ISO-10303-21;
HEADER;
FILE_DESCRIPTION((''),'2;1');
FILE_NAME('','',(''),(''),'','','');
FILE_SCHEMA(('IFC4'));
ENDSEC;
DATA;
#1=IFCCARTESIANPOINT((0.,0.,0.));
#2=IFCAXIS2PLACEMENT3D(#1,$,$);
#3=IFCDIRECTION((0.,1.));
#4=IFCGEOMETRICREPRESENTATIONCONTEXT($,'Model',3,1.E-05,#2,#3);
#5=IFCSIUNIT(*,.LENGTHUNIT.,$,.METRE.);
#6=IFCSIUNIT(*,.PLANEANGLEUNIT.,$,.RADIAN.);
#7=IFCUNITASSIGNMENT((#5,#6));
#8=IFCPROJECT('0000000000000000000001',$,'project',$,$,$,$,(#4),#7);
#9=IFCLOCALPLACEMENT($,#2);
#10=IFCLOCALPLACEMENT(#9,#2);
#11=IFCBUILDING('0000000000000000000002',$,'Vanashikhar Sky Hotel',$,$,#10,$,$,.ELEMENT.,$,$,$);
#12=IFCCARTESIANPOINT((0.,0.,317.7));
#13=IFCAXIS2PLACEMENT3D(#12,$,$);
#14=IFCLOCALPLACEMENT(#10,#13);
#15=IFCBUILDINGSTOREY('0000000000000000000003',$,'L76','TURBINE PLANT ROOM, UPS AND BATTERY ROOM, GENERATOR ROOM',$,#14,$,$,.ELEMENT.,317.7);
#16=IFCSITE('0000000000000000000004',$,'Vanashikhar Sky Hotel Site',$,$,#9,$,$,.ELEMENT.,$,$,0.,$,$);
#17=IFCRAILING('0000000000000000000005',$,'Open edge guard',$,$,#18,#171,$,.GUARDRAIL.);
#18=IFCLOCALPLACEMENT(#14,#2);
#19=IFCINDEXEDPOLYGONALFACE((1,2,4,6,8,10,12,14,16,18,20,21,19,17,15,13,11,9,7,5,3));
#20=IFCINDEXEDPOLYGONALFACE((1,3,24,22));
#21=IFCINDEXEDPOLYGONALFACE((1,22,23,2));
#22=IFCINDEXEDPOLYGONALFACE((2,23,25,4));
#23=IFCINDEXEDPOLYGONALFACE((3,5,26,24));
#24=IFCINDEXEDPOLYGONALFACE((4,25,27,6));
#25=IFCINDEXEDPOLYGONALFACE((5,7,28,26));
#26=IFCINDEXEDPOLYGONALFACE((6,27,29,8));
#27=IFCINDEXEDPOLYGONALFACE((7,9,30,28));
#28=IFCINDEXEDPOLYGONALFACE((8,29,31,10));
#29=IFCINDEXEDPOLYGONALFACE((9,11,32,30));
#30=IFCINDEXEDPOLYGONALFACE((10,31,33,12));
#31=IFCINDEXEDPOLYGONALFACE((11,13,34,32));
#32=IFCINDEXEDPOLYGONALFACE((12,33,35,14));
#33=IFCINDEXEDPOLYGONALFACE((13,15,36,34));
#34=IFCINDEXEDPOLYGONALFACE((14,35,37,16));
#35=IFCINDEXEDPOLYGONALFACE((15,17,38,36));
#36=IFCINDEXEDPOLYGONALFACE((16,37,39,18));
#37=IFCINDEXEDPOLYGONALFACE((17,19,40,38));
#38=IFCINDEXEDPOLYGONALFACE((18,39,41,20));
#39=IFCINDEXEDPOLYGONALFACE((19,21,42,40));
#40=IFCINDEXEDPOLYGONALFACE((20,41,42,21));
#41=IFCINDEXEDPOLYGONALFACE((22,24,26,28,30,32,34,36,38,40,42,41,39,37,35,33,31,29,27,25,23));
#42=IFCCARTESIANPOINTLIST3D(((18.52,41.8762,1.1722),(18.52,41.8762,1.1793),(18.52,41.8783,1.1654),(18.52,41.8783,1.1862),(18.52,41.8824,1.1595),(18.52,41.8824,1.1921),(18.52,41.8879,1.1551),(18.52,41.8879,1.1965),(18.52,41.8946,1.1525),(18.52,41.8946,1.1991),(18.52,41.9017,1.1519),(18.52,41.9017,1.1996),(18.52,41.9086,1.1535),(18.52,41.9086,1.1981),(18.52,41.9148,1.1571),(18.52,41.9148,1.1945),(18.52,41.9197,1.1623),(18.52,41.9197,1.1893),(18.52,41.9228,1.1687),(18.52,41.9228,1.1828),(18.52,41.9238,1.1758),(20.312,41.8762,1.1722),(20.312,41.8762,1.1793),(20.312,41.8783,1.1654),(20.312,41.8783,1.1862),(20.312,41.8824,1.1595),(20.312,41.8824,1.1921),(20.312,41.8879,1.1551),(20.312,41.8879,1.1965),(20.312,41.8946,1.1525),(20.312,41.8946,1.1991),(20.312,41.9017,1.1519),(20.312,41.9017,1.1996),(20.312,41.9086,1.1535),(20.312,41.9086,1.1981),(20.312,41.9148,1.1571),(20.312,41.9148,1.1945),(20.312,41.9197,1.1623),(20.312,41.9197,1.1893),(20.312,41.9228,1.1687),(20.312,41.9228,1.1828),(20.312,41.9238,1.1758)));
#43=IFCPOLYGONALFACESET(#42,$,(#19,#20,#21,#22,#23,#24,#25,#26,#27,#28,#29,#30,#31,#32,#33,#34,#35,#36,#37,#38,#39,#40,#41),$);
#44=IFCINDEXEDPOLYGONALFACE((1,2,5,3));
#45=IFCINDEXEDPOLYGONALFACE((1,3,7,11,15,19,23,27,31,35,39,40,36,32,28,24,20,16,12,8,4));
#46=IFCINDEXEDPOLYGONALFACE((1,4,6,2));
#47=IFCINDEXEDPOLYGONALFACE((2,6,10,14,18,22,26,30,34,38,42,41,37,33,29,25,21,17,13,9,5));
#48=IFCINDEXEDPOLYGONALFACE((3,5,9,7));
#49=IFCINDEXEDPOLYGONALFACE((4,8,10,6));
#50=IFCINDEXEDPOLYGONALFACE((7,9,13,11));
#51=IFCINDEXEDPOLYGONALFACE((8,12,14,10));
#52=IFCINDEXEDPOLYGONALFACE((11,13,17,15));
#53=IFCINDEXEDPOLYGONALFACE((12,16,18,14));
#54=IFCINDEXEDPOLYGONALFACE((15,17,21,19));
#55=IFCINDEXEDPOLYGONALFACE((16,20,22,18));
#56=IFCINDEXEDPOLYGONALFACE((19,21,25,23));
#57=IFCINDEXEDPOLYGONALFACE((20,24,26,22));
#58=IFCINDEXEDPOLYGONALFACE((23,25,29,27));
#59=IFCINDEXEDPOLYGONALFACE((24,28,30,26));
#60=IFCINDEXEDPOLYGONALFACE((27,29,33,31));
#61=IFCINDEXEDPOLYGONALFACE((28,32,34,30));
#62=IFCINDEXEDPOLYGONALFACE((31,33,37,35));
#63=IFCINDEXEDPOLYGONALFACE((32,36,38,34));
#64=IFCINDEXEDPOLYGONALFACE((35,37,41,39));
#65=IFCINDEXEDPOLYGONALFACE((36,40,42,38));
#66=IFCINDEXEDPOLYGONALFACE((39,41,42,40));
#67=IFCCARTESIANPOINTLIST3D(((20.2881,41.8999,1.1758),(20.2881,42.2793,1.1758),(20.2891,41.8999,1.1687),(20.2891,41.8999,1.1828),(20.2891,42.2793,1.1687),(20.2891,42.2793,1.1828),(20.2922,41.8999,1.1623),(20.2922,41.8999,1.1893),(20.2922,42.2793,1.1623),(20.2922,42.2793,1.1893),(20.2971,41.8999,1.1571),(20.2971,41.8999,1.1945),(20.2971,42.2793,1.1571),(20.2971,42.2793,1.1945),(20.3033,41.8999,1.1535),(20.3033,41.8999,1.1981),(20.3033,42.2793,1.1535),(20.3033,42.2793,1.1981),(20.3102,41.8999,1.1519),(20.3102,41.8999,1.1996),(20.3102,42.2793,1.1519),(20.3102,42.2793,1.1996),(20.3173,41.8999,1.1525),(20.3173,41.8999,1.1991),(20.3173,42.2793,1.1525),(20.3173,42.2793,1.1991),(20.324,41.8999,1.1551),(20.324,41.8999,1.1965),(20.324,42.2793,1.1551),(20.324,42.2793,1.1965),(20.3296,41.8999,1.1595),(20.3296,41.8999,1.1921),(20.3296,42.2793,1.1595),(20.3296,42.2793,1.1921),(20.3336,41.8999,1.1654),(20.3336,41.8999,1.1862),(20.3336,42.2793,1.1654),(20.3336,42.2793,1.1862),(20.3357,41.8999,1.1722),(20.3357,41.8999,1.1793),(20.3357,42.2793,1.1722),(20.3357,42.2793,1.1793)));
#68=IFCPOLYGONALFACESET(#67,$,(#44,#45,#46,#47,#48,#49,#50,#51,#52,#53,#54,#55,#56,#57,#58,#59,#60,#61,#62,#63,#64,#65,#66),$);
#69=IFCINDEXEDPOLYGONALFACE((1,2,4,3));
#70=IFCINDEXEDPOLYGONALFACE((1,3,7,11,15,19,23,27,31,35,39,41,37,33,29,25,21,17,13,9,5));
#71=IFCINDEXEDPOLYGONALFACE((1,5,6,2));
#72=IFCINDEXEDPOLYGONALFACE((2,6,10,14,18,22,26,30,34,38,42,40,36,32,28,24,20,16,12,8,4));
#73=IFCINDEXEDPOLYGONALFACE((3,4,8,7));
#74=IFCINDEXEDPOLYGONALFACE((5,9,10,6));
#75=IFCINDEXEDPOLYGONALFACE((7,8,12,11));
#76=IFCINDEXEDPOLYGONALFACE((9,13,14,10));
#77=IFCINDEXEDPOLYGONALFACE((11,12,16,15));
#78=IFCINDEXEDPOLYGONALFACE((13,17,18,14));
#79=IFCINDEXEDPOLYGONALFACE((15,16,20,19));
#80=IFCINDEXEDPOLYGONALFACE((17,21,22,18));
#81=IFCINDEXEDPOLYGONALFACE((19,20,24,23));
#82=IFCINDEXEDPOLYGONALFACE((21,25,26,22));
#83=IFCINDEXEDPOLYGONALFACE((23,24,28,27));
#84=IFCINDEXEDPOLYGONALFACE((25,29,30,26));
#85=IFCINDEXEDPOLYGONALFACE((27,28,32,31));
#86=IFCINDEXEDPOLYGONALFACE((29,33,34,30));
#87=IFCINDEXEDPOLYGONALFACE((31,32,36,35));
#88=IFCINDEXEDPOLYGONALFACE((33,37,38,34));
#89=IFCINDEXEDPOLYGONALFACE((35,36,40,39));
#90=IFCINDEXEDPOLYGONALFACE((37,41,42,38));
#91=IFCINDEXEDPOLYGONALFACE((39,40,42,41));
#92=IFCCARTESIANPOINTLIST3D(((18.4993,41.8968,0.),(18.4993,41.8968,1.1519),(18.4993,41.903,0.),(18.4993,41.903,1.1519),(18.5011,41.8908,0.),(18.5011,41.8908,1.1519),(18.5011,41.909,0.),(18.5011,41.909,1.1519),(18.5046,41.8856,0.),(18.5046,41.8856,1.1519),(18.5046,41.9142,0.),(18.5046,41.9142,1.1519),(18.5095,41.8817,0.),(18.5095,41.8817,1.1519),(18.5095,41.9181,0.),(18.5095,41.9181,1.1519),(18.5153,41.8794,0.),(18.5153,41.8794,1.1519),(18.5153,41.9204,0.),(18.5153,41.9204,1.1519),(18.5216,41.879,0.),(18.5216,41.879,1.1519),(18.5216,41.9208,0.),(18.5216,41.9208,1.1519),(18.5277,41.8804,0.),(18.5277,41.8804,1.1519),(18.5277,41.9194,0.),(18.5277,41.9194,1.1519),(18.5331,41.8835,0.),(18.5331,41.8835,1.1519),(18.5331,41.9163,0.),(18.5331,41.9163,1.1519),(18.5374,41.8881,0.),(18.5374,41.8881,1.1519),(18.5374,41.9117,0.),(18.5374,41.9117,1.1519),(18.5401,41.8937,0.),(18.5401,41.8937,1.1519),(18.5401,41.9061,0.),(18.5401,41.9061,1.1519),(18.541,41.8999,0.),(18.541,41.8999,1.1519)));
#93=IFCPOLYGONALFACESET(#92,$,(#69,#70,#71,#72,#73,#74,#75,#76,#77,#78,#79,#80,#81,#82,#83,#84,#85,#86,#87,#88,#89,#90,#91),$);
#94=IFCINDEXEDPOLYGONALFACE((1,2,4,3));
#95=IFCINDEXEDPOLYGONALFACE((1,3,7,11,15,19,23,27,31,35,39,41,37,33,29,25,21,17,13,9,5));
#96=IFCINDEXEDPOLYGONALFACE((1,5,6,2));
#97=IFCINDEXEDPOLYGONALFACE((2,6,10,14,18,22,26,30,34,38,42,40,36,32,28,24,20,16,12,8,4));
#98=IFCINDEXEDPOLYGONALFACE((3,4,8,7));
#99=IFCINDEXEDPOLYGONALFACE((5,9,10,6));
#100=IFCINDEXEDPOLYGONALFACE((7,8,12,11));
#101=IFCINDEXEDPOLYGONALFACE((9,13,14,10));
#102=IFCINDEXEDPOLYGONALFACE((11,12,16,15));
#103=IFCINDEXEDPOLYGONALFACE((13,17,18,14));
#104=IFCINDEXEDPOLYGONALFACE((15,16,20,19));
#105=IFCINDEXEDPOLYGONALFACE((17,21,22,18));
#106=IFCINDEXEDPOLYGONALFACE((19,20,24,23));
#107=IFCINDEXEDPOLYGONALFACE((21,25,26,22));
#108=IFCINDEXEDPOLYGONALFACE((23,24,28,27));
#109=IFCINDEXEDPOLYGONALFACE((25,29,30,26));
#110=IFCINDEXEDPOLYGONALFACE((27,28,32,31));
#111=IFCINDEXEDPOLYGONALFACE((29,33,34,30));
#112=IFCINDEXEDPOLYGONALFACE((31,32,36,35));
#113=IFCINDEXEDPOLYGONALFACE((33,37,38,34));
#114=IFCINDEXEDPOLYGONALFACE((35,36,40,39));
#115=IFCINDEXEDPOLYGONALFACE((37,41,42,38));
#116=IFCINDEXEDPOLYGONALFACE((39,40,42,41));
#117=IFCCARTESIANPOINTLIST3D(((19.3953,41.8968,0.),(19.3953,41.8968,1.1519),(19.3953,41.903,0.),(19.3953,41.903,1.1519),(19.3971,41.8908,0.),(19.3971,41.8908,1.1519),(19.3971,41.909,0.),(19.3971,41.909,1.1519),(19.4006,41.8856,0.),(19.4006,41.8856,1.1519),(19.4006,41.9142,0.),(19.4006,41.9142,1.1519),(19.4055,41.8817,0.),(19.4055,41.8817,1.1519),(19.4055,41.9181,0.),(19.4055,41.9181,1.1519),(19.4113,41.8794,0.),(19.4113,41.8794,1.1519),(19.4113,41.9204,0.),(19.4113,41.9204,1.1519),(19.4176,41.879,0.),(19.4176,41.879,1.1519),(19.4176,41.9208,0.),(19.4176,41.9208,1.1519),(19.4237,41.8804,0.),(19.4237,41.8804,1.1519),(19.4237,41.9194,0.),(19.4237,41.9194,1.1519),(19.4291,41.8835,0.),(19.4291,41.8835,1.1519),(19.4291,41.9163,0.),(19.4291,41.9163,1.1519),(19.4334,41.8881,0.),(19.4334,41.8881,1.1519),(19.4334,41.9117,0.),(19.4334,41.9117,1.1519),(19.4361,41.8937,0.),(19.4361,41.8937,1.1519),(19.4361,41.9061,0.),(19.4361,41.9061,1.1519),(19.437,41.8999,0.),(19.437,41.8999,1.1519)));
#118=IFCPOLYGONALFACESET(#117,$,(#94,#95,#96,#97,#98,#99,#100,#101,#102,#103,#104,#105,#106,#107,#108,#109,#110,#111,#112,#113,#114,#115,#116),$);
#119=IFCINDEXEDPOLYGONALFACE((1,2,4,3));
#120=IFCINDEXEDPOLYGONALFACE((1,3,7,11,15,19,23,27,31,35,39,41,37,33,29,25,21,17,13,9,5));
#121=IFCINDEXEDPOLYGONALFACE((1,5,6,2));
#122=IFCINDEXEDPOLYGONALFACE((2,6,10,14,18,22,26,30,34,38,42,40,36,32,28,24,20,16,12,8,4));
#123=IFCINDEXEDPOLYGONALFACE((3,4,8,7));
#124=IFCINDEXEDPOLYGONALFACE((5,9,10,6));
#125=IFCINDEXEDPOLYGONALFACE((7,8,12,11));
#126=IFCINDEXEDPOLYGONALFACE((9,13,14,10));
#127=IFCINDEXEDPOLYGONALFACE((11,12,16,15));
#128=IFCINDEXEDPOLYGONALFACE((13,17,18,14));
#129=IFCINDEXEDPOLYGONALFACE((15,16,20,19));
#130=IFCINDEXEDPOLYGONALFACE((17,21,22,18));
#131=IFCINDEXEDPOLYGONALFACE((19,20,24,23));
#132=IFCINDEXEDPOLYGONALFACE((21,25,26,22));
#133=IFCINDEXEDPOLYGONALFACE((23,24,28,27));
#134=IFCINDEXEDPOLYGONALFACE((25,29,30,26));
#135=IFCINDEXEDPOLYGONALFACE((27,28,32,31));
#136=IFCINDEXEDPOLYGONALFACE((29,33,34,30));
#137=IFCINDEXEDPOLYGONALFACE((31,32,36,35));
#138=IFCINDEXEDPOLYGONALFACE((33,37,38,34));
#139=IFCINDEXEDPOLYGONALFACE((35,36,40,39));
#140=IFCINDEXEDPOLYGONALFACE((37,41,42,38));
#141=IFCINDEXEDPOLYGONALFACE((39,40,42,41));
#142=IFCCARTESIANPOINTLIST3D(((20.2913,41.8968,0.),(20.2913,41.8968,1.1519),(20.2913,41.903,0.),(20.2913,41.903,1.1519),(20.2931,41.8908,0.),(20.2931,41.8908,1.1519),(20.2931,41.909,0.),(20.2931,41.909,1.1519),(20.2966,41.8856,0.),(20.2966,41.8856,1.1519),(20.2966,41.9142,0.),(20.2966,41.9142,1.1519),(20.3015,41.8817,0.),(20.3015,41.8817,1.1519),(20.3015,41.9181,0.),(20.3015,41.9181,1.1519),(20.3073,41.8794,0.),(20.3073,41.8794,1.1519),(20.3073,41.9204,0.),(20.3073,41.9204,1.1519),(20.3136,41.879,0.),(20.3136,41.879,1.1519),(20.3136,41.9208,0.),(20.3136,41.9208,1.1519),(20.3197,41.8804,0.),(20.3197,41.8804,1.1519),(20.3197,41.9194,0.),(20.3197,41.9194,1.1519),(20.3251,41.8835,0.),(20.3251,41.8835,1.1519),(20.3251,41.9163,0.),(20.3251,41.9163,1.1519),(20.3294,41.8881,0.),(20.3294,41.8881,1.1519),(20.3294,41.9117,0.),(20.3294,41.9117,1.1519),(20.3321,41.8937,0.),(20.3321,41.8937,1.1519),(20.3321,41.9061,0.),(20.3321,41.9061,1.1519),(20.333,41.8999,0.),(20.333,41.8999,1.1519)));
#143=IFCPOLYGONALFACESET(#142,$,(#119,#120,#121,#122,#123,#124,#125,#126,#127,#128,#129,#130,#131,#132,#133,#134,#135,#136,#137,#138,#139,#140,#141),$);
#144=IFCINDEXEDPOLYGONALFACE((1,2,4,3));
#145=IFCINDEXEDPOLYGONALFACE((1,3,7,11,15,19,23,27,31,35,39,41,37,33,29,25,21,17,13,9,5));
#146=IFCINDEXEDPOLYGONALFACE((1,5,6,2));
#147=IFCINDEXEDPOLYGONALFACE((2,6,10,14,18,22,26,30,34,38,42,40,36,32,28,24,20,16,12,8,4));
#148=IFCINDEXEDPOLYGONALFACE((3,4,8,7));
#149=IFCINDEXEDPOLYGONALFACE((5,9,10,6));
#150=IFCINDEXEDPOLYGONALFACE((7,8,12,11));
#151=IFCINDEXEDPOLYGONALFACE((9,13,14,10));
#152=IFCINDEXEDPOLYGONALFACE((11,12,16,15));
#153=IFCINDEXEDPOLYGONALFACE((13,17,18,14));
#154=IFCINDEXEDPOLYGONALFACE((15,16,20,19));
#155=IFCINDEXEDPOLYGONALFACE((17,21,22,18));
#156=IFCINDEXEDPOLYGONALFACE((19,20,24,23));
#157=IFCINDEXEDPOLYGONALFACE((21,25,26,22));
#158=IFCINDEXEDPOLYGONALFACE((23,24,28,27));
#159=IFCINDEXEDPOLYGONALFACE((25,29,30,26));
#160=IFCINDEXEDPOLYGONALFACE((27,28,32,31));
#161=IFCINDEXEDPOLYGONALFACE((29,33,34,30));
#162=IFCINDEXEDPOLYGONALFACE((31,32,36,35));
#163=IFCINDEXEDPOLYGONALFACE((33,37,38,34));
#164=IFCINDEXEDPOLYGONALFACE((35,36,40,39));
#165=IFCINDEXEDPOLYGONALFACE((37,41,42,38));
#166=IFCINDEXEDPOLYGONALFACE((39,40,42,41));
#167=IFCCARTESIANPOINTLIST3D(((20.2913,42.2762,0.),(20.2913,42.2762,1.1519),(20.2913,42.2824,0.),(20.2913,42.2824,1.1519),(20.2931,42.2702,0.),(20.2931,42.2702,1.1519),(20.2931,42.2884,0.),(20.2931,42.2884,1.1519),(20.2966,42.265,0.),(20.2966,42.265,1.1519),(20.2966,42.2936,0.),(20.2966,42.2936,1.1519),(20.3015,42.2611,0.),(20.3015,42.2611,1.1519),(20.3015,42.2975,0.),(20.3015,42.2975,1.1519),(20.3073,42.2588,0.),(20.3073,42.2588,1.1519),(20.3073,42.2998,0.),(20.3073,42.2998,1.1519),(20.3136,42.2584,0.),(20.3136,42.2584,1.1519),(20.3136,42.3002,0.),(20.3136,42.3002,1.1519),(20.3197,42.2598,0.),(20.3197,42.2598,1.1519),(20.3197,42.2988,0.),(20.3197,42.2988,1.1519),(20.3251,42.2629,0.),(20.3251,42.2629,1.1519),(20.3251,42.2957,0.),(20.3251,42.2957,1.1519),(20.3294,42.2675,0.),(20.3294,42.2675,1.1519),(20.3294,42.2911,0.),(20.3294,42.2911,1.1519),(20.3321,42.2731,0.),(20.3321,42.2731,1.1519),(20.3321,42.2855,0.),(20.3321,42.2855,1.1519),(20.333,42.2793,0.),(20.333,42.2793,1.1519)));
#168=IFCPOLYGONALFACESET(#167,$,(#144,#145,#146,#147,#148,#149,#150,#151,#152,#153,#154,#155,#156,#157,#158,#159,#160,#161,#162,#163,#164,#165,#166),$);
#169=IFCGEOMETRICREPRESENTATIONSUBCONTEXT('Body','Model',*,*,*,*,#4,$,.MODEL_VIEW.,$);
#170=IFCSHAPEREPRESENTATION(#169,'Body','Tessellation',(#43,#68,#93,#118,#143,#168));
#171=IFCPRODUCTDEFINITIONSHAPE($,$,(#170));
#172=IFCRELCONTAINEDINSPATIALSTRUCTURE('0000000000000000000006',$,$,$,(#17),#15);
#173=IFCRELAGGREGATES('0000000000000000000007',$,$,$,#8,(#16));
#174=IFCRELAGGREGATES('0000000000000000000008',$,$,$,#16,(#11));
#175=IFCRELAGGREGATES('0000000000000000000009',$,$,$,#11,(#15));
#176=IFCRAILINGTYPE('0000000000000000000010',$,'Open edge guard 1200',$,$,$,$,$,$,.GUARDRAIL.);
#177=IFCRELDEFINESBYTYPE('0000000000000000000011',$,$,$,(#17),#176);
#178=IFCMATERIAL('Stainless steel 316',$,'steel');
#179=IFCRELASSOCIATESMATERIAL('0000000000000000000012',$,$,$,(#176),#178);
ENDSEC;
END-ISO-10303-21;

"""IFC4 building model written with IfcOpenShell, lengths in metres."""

from ifc_helpers import new_model, si_unit, direction, frame, origin, origin_2d, place, context, subcontext, project, spatial, circle, extrude, source, transform, mapped, material, type_object, element, save


model = new_model("IFC4")

# Units and contexts
model_context = context("Model", 3, precision=1e-05, world=origin(), true_north=direction((0.0, 1.0)))
body_context = subcontext(model_context, "Body", "Model", "MODEL_VIEW")
ifc_project = project(units=[si_unit("LENGTHUNIT", "METRE"), si_unit("PLANEANGLEUNIT", "RADIAN")], contexts=[model_context])

# Site, building, storey
site_placement = place(None, origin())
site = spatial("IfcSite", under=ifc_project, at=site_placement, Name="Vanashikhar Sky Hotel Site", CompositionType="ELEMENT", RefElevation=0.0)
building_placement = place(site_placement, origin())
building = spatial("IfcBuilding", under=site, at=building_placement, Name="Vanashikhar Sky Hotel", CompositionType="ELEMENT")
storey_placement = place(building_placement, frame((0.0, 0.0, 317.7)))
storey = spatial("IfcBuildingStorey", under=building, at=storey_placement, Name="L76", Description="TURBINE PLANT ROOM, UPS AND BATTERY ROOM, GENERATOR ROOM", CompositionType="ELEMENT", Elevation=317.7)

# Shared definitions
ifc_material_1 = material(Name="Stainless steel 316", Category="steel")
railing_type = type_object("IfcRailingType", Name="Open edge guard 1200", PredefinedType="GUARDRAIL", material=ifc_material_1)

# Railing
shared_shape_1 = source(origin(), body_context, "Body", "SweptSolid", [
    extrude(circle(Radius=0.0239, at=origin_2d()), frame((0.0, 0.0, 1.1758), z_axis=(1.0, 0.0, 0.0), x_axis=(0.0, 1.0, 0.0)), (0.0, 0.0, 1.0), 1.792),
    extrude(circle(Radius=0.0239, at=origin_2d()), frame((1.792, 0.0, 1.1758), z_axis=(0.0, 1.0, 0.0), x_axis=(-1.0, 0.0, 0.0)), (0.0, 0.0, 1.0), 0.3794),
    extrude(circle(Radius=0.021, at=origin_2d()), origin(), (0.0, 0.0, 1.0), 1.1519),
    extrude(circle(Radius=0.021, at=origin_2d()), frame((0.896, 0.0, 0.0)), (0.0, 0.0, 1.0), 1.1519),
    extrude(circle(Radius=0.021, at=origin_2d()), frame((1.792, 0.0, 0.0)), (0.0, 0.0, 1.0), 1.1519),
    extrude(circle(Radius=0.021, at=origin_2d()), frame((1.792, 0.3794, 0.0)), (0.0, 0.0, 1.0), 1.1519),
])
railing_1_placement = place(storey_placement, frame((18.52, 41.8999, 0.0)))
element("IfcRailing", 1, at=railing_1_placement, inside=storey, type_object=railing_type, Name="Open edge guard", PredefinedType="GUARDRAIL", context=body_context, shape_type="MappedRepresentation", body=[
    mapped(shared_shape_1, transform((0.0, 0.0, 0.0), scale=1.0)),
])

save(model, "model.ifc")
